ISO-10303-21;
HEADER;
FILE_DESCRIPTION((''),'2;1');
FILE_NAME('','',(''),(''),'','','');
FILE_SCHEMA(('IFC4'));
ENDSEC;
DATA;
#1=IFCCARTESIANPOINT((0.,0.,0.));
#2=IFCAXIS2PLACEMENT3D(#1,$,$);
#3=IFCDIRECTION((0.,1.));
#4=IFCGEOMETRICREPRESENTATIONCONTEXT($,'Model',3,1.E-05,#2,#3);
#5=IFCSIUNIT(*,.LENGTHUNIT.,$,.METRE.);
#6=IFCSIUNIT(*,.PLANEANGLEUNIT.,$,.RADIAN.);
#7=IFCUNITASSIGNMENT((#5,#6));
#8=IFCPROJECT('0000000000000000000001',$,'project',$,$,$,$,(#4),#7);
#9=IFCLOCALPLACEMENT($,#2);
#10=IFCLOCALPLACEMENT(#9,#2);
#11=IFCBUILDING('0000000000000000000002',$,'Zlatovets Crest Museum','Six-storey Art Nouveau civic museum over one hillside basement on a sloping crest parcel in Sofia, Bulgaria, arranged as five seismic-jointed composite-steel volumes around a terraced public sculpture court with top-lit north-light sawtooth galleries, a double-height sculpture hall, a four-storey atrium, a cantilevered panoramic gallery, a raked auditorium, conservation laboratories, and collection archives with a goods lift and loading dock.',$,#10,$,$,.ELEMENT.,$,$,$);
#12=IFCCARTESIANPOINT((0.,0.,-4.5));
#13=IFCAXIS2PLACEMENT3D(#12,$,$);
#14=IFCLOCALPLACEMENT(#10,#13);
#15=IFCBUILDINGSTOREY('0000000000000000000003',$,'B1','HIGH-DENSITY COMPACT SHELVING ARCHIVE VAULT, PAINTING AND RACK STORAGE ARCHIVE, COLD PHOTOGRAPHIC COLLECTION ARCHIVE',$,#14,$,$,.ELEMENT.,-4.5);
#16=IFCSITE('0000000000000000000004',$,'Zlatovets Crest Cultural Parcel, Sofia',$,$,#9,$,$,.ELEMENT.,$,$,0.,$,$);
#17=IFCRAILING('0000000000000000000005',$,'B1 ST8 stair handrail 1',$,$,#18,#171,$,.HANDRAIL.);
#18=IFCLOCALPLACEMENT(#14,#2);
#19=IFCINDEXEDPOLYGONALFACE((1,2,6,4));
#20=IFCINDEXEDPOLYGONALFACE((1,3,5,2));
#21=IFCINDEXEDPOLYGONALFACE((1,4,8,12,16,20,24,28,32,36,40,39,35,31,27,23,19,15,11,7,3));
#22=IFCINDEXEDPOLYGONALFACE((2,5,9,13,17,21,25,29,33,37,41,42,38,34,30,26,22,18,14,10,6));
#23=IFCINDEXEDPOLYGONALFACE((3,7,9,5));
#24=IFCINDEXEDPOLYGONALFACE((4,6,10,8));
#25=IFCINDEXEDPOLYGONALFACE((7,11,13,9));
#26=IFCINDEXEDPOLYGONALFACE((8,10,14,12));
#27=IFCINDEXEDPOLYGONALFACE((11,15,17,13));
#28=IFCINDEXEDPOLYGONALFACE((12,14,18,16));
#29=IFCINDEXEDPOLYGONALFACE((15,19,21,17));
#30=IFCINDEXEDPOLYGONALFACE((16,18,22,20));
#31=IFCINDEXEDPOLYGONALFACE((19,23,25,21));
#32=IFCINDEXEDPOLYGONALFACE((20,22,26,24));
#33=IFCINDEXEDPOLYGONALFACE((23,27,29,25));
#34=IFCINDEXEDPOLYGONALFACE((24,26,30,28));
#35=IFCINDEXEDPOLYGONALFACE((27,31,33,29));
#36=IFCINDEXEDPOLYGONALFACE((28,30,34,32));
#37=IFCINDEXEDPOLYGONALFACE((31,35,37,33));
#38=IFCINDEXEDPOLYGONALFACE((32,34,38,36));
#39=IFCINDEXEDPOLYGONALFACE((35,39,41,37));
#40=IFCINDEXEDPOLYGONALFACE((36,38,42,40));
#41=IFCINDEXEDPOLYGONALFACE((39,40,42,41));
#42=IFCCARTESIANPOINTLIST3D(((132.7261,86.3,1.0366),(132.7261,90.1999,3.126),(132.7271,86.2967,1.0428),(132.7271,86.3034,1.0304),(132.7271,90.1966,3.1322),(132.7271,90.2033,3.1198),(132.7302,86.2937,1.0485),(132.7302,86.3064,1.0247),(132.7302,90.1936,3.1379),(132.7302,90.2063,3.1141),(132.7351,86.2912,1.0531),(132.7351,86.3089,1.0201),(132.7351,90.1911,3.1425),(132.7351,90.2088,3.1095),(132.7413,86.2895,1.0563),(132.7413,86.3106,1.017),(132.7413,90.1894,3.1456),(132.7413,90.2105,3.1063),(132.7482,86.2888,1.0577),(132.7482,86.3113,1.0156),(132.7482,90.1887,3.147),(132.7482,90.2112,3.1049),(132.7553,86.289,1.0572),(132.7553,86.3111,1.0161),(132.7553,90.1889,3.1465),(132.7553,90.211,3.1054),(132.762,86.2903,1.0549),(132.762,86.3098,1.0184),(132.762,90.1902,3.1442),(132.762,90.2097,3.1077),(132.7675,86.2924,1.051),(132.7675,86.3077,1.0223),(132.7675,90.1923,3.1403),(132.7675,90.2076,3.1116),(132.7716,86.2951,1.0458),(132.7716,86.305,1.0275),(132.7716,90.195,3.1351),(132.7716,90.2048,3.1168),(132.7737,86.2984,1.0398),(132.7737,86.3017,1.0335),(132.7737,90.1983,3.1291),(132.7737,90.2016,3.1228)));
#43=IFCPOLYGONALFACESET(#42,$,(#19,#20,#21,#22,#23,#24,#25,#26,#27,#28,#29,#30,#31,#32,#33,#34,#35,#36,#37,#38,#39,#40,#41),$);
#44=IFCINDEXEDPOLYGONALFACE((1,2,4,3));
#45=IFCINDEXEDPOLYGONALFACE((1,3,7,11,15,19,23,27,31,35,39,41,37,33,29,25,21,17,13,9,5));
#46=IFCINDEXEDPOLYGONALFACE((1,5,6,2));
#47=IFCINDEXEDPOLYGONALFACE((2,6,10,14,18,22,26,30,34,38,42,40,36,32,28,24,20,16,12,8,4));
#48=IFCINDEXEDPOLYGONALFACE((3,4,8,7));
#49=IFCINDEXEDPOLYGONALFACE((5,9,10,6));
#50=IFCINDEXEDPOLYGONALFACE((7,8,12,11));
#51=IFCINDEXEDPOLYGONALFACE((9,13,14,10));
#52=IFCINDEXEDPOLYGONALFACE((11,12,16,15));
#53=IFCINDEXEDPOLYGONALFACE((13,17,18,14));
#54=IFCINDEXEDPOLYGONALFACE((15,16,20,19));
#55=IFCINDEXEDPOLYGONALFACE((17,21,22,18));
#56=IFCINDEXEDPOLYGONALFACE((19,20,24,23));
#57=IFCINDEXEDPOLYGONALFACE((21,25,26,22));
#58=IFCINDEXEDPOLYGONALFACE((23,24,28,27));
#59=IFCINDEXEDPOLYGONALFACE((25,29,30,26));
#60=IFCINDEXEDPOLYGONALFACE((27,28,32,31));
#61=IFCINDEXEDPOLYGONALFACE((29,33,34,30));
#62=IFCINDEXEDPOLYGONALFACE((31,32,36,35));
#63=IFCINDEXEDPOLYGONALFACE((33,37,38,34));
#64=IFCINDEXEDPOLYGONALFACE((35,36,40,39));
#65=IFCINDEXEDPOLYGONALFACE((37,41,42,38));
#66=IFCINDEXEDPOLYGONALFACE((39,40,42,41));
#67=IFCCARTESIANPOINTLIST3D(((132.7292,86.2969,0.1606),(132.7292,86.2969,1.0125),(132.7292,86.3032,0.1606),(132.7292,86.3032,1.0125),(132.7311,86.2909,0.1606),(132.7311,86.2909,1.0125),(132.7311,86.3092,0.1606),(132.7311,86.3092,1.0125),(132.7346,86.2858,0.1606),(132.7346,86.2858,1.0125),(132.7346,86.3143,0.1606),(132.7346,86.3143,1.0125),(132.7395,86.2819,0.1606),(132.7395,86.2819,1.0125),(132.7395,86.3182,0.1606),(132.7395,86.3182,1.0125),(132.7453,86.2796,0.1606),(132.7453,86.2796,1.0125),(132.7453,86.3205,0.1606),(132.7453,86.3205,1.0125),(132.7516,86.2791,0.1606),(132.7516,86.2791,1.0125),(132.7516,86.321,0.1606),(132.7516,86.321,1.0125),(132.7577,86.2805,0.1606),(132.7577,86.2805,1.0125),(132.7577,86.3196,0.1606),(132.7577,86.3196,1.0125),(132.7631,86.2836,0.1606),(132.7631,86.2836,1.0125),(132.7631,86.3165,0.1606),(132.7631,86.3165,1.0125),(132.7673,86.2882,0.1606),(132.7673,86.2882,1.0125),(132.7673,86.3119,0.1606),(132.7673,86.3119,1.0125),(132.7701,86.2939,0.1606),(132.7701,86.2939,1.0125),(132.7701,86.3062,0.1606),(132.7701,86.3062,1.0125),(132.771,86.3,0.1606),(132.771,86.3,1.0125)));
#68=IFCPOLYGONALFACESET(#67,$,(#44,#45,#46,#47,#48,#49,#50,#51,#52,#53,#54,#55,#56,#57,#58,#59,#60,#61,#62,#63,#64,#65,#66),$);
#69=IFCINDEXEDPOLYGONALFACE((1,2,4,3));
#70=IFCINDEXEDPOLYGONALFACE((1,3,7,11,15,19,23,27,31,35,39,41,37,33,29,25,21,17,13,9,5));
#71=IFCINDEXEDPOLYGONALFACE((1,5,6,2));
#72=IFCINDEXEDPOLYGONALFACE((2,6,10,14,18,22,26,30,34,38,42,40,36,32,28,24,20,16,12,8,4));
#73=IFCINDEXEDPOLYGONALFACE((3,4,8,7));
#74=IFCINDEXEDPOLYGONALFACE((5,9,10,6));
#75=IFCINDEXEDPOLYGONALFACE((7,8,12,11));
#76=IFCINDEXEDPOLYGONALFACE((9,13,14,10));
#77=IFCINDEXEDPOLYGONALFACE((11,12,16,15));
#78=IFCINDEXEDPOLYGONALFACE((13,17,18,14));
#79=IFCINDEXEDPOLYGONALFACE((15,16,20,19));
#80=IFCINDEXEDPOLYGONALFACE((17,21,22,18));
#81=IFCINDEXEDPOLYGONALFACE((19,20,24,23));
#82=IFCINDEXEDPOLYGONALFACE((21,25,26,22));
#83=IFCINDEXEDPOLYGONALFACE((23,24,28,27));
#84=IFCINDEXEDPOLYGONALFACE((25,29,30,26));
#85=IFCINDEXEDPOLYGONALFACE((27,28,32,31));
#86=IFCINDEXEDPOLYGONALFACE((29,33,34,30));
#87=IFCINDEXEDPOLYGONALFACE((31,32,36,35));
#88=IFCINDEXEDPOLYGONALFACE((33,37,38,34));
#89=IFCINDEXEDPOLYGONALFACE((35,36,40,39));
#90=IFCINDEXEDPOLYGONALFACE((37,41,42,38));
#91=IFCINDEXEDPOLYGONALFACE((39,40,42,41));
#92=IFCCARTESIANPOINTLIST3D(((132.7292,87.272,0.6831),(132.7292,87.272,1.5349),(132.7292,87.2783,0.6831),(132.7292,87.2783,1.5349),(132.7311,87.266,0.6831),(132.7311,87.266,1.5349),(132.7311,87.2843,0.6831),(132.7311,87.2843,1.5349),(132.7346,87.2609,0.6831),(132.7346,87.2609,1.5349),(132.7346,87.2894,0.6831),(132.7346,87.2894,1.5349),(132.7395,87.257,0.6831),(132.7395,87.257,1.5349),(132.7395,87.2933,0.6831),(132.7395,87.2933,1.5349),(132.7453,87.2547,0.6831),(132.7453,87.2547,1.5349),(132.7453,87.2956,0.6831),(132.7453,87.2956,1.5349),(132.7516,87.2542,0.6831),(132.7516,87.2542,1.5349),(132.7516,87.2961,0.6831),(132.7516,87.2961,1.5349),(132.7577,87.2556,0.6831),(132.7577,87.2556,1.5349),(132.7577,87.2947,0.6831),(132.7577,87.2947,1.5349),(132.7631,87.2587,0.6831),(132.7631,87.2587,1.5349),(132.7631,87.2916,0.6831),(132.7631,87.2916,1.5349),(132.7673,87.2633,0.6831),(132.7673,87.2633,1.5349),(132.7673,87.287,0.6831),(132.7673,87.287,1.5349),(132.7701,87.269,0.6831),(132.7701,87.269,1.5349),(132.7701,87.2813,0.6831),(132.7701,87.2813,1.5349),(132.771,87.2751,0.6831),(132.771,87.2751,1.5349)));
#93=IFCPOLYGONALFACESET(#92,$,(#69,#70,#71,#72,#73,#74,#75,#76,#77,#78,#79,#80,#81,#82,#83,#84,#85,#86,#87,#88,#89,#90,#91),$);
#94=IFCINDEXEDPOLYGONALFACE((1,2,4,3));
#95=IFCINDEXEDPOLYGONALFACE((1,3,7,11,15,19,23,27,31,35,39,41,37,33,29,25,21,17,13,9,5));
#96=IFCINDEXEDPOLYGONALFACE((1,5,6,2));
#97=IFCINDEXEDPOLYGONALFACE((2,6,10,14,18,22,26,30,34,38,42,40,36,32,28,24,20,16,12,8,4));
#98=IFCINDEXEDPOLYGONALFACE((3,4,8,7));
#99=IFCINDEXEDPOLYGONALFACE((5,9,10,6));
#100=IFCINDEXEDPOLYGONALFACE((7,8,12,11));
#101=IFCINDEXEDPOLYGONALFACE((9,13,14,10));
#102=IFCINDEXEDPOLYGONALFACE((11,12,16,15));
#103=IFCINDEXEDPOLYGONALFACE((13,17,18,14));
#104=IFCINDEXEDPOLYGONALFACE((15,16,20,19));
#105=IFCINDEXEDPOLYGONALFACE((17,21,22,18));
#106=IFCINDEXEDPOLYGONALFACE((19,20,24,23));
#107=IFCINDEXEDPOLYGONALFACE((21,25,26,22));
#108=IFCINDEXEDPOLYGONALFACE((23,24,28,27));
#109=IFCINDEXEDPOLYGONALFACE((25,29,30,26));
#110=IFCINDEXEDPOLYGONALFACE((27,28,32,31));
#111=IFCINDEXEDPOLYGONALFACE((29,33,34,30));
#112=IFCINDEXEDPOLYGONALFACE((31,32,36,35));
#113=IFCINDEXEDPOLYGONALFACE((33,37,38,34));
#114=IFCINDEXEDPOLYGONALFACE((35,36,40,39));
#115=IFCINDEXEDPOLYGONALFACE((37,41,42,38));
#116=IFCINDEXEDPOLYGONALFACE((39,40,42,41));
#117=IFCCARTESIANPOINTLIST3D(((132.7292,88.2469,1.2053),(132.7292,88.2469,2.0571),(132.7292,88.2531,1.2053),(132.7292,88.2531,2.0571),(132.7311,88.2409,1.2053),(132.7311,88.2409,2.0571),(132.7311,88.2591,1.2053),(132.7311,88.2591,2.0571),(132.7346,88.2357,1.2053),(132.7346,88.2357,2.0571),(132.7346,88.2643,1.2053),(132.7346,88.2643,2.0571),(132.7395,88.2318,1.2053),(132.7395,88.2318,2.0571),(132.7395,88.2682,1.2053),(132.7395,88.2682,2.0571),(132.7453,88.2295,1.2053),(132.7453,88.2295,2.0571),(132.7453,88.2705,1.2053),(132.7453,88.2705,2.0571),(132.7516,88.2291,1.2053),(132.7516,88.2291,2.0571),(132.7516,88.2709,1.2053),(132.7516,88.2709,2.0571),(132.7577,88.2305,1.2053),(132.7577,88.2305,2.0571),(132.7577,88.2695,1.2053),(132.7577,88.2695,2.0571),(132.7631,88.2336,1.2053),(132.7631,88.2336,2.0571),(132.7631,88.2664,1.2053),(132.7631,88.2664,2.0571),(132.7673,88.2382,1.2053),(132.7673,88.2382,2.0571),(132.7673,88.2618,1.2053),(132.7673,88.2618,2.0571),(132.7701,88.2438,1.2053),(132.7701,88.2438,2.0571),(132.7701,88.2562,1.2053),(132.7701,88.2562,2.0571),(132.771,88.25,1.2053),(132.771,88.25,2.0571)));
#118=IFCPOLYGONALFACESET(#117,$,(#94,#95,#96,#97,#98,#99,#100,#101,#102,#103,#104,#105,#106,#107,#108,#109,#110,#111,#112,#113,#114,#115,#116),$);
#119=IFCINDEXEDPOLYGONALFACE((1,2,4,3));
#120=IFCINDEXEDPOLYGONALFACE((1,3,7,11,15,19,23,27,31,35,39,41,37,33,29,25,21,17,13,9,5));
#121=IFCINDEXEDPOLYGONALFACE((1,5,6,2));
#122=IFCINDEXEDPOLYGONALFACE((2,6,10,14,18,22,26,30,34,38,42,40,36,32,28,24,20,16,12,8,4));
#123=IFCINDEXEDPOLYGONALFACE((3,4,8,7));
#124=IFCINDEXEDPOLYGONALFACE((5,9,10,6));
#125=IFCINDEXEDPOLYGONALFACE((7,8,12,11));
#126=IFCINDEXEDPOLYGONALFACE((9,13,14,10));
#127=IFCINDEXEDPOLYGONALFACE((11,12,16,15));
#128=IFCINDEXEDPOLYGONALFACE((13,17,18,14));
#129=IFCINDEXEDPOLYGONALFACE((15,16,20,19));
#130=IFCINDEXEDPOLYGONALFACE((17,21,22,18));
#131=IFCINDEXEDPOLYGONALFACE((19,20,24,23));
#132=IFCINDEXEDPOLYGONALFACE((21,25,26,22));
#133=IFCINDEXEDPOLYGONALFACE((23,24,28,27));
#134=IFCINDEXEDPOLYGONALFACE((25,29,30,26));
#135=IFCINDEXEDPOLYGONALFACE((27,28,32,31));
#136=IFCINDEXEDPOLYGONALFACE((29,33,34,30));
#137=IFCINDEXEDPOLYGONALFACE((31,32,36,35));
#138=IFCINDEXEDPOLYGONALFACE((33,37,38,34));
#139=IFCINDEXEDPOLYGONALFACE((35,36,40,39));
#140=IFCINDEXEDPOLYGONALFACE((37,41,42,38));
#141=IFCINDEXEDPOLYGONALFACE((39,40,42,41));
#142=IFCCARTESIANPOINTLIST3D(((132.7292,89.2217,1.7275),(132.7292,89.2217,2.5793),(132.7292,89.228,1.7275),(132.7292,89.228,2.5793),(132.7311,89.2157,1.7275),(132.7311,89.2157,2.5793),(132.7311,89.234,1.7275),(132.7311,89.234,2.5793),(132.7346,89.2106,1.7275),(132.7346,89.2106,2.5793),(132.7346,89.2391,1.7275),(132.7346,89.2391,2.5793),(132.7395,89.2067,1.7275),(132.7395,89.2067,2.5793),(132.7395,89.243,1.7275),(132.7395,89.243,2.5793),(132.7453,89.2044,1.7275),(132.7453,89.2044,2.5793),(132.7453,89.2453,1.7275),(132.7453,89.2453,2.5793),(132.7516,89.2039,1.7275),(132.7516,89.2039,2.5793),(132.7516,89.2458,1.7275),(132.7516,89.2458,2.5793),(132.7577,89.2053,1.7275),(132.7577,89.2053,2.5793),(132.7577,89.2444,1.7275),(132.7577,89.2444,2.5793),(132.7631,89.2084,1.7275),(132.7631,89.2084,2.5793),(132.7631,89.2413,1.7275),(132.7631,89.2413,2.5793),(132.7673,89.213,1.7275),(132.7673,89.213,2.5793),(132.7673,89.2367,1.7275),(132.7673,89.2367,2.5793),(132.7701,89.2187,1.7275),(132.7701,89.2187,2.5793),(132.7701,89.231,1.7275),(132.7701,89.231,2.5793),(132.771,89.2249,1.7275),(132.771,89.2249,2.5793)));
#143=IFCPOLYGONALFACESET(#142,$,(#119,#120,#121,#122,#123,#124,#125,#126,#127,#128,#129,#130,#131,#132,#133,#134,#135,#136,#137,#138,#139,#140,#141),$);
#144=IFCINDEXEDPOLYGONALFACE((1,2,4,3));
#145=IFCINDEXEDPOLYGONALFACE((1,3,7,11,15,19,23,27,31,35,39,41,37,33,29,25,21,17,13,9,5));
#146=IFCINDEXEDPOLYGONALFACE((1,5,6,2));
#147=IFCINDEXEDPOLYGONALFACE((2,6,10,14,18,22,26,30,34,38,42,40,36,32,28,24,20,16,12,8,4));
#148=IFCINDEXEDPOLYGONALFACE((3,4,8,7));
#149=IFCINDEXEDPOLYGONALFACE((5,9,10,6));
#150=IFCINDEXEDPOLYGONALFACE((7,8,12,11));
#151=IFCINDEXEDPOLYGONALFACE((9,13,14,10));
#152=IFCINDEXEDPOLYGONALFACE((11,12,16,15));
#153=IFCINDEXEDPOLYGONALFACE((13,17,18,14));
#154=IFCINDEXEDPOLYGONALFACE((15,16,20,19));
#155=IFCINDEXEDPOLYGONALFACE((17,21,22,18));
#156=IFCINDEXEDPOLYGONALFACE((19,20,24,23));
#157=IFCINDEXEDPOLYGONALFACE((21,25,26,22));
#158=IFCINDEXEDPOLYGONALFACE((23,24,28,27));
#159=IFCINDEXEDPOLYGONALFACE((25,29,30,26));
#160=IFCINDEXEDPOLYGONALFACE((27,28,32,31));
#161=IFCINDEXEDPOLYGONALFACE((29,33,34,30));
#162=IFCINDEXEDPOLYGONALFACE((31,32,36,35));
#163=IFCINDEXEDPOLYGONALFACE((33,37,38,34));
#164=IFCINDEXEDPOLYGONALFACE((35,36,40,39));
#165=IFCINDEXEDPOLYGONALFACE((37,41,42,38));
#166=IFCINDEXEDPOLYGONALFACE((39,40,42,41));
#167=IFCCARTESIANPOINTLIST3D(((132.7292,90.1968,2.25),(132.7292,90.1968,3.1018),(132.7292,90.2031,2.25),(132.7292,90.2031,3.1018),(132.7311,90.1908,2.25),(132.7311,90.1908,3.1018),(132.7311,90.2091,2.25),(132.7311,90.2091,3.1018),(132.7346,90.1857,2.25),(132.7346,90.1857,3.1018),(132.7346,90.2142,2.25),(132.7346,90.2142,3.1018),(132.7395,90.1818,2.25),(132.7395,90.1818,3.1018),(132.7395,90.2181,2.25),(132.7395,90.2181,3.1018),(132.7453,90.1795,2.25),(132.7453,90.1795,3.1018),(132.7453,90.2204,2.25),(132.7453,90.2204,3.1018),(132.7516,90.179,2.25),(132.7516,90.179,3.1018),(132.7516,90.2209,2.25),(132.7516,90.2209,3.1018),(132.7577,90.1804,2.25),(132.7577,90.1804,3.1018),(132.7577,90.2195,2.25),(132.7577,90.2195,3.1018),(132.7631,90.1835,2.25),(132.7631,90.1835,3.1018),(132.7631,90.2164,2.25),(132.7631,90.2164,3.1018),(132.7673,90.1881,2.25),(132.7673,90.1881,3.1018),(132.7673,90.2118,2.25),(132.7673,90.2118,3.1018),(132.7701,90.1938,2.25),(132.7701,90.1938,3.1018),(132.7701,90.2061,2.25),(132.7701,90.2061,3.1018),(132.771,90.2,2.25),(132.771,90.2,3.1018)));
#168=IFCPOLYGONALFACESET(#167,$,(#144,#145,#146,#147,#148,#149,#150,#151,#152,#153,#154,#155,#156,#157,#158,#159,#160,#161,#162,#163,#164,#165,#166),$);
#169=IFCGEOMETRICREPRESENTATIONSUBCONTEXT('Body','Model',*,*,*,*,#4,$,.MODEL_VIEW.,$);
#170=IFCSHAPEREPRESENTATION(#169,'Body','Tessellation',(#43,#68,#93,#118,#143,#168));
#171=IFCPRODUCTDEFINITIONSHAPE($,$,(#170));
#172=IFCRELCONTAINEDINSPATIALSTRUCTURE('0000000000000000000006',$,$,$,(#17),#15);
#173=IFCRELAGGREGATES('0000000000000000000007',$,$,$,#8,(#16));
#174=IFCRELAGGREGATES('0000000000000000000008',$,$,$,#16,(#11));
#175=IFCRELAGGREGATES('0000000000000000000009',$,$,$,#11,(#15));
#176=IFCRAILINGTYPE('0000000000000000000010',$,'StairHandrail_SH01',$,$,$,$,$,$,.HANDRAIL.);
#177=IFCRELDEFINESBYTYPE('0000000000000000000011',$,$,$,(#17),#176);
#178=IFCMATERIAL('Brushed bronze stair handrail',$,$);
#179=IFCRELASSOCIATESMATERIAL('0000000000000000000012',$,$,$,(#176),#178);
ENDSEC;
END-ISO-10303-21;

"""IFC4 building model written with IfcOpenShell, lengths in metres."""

from ifc_helpers import new_model, si_unit, direction, frame, origin, origin_2d, place, context, subcontext, project, spatial, circle, extrude, material, type_object, element, save


model = new_model("IFC4")

# Units and contexts
model_context = context("Model", 3, precision=1e-05, world=origin(), true_north=direction((0.0, 1.0)))
body_context = subcontext(model_context, "Body", "Model", "MODEL_VIEW")
ifc_project = project(units=[si_unit("LENGTHUNIT", "METRE"), si_unit("PLANEANGLEUNIT", "RADIAN")], contexts=[model_context])

# Site, building, storey
site_placement = place(None, origin())
site = spatial("IfcSite", under=ifc_project, at=site_placement, Name="Zlatovets Crest Cultural Parcel, Sofia", CompositionType="ELEMENT", RefElevation=0.0)
building_placement = place(site_placement, origin())
building = spatial("IfcBuilding", under=site, at=building_placement, Name="Zlatovets Crest Museum", Description="Six-storey Art Nouveau civic museum over one hillside basement on a sloping crest parcel in Sofia, Bulgaria, arranged as five seismic-jointed composite-steel volumes around a terraced public sculpture court with top-lit north-light sawtooth galleries, a double-height sculpture hall, a four-storey atrium, a cantilevered panoramic gallery, a raked auditorium, conservation laboratories, and collection archives with a goods lift and loading dock.", CompositionType="ELEMENT")
storey_placement = place(building_placement, frame((0.0, 0.0, -4.5)))
storey = spatial("IfcBuildingStorey", under=building, at=storey_placement, Name="B1", Description="HIGH-DENSITY COMPACT SHELVING ARCHIVE VAULT, PAINTING AND RACK STORAGE ARCHIVE, COLD PHOTOGRAPHIC COLLECTION ARCHIVE", CompositionType="ELEMENT", Elevation=-4.5)

# Railing
ifc_material_1 = material(Name="Brushed bronze stair handrail")
railing_type_1 = type_object("IfcRailingType", Name="StairHandrail_SH01", PredefinedType="HANDRAIL", material=ifc_material_1)
railing_1_placement = place(storey_placement, frame((132.75, 86.3, 0.1606)))
element("IfcRailing", 1, at=railing_1_placement, inside=storey, type_object=railing_type_1, Name="B1 ST8 stair handrail 1", PredefinedType="HANDRAIL", context=body_context, shape_type="SweptSolid", body=[
    extrude(circle(Radius=0.0239, at=origin_2d()), frame((0.0, 0.0, 0.876), z_axis=(0.0, 0.881468, 0.472243), x_axis=(-1.0, 0.0, 0.0)), (0.0, 0.0, 1.0), 4.4243),
    extrude(circle(Radius=0.021, at=origin_2d()), origin(), (0.0, 0.0, 1.0), 0.8518),
    extrude(circle(Radius=0.021, at=origin_2d()), frame((0.0, 0.9751, 0.5225)), (0.0, 0.0, 1.0), 0.8518),
    extrude(circle(Radius=0.021, at=origin_2d()), frame((0.0, 1.95, 1.0447)), (0.0, 0.0, 1.0), 0.8518),
    extrude(circle(Radius=0.021, at=origin_2d()), frame((0.0, 2.9248, 1.5669)), (0.0, 0.0, 1.0), 0.8518),
    extrude(circle(Radius=0.021, at=origin_2d()), frame((0.0, 3.8999, 2.0894)), (0.0, 0.0, 1.0), 0.8518),
])

save(model, "model.ifc")
